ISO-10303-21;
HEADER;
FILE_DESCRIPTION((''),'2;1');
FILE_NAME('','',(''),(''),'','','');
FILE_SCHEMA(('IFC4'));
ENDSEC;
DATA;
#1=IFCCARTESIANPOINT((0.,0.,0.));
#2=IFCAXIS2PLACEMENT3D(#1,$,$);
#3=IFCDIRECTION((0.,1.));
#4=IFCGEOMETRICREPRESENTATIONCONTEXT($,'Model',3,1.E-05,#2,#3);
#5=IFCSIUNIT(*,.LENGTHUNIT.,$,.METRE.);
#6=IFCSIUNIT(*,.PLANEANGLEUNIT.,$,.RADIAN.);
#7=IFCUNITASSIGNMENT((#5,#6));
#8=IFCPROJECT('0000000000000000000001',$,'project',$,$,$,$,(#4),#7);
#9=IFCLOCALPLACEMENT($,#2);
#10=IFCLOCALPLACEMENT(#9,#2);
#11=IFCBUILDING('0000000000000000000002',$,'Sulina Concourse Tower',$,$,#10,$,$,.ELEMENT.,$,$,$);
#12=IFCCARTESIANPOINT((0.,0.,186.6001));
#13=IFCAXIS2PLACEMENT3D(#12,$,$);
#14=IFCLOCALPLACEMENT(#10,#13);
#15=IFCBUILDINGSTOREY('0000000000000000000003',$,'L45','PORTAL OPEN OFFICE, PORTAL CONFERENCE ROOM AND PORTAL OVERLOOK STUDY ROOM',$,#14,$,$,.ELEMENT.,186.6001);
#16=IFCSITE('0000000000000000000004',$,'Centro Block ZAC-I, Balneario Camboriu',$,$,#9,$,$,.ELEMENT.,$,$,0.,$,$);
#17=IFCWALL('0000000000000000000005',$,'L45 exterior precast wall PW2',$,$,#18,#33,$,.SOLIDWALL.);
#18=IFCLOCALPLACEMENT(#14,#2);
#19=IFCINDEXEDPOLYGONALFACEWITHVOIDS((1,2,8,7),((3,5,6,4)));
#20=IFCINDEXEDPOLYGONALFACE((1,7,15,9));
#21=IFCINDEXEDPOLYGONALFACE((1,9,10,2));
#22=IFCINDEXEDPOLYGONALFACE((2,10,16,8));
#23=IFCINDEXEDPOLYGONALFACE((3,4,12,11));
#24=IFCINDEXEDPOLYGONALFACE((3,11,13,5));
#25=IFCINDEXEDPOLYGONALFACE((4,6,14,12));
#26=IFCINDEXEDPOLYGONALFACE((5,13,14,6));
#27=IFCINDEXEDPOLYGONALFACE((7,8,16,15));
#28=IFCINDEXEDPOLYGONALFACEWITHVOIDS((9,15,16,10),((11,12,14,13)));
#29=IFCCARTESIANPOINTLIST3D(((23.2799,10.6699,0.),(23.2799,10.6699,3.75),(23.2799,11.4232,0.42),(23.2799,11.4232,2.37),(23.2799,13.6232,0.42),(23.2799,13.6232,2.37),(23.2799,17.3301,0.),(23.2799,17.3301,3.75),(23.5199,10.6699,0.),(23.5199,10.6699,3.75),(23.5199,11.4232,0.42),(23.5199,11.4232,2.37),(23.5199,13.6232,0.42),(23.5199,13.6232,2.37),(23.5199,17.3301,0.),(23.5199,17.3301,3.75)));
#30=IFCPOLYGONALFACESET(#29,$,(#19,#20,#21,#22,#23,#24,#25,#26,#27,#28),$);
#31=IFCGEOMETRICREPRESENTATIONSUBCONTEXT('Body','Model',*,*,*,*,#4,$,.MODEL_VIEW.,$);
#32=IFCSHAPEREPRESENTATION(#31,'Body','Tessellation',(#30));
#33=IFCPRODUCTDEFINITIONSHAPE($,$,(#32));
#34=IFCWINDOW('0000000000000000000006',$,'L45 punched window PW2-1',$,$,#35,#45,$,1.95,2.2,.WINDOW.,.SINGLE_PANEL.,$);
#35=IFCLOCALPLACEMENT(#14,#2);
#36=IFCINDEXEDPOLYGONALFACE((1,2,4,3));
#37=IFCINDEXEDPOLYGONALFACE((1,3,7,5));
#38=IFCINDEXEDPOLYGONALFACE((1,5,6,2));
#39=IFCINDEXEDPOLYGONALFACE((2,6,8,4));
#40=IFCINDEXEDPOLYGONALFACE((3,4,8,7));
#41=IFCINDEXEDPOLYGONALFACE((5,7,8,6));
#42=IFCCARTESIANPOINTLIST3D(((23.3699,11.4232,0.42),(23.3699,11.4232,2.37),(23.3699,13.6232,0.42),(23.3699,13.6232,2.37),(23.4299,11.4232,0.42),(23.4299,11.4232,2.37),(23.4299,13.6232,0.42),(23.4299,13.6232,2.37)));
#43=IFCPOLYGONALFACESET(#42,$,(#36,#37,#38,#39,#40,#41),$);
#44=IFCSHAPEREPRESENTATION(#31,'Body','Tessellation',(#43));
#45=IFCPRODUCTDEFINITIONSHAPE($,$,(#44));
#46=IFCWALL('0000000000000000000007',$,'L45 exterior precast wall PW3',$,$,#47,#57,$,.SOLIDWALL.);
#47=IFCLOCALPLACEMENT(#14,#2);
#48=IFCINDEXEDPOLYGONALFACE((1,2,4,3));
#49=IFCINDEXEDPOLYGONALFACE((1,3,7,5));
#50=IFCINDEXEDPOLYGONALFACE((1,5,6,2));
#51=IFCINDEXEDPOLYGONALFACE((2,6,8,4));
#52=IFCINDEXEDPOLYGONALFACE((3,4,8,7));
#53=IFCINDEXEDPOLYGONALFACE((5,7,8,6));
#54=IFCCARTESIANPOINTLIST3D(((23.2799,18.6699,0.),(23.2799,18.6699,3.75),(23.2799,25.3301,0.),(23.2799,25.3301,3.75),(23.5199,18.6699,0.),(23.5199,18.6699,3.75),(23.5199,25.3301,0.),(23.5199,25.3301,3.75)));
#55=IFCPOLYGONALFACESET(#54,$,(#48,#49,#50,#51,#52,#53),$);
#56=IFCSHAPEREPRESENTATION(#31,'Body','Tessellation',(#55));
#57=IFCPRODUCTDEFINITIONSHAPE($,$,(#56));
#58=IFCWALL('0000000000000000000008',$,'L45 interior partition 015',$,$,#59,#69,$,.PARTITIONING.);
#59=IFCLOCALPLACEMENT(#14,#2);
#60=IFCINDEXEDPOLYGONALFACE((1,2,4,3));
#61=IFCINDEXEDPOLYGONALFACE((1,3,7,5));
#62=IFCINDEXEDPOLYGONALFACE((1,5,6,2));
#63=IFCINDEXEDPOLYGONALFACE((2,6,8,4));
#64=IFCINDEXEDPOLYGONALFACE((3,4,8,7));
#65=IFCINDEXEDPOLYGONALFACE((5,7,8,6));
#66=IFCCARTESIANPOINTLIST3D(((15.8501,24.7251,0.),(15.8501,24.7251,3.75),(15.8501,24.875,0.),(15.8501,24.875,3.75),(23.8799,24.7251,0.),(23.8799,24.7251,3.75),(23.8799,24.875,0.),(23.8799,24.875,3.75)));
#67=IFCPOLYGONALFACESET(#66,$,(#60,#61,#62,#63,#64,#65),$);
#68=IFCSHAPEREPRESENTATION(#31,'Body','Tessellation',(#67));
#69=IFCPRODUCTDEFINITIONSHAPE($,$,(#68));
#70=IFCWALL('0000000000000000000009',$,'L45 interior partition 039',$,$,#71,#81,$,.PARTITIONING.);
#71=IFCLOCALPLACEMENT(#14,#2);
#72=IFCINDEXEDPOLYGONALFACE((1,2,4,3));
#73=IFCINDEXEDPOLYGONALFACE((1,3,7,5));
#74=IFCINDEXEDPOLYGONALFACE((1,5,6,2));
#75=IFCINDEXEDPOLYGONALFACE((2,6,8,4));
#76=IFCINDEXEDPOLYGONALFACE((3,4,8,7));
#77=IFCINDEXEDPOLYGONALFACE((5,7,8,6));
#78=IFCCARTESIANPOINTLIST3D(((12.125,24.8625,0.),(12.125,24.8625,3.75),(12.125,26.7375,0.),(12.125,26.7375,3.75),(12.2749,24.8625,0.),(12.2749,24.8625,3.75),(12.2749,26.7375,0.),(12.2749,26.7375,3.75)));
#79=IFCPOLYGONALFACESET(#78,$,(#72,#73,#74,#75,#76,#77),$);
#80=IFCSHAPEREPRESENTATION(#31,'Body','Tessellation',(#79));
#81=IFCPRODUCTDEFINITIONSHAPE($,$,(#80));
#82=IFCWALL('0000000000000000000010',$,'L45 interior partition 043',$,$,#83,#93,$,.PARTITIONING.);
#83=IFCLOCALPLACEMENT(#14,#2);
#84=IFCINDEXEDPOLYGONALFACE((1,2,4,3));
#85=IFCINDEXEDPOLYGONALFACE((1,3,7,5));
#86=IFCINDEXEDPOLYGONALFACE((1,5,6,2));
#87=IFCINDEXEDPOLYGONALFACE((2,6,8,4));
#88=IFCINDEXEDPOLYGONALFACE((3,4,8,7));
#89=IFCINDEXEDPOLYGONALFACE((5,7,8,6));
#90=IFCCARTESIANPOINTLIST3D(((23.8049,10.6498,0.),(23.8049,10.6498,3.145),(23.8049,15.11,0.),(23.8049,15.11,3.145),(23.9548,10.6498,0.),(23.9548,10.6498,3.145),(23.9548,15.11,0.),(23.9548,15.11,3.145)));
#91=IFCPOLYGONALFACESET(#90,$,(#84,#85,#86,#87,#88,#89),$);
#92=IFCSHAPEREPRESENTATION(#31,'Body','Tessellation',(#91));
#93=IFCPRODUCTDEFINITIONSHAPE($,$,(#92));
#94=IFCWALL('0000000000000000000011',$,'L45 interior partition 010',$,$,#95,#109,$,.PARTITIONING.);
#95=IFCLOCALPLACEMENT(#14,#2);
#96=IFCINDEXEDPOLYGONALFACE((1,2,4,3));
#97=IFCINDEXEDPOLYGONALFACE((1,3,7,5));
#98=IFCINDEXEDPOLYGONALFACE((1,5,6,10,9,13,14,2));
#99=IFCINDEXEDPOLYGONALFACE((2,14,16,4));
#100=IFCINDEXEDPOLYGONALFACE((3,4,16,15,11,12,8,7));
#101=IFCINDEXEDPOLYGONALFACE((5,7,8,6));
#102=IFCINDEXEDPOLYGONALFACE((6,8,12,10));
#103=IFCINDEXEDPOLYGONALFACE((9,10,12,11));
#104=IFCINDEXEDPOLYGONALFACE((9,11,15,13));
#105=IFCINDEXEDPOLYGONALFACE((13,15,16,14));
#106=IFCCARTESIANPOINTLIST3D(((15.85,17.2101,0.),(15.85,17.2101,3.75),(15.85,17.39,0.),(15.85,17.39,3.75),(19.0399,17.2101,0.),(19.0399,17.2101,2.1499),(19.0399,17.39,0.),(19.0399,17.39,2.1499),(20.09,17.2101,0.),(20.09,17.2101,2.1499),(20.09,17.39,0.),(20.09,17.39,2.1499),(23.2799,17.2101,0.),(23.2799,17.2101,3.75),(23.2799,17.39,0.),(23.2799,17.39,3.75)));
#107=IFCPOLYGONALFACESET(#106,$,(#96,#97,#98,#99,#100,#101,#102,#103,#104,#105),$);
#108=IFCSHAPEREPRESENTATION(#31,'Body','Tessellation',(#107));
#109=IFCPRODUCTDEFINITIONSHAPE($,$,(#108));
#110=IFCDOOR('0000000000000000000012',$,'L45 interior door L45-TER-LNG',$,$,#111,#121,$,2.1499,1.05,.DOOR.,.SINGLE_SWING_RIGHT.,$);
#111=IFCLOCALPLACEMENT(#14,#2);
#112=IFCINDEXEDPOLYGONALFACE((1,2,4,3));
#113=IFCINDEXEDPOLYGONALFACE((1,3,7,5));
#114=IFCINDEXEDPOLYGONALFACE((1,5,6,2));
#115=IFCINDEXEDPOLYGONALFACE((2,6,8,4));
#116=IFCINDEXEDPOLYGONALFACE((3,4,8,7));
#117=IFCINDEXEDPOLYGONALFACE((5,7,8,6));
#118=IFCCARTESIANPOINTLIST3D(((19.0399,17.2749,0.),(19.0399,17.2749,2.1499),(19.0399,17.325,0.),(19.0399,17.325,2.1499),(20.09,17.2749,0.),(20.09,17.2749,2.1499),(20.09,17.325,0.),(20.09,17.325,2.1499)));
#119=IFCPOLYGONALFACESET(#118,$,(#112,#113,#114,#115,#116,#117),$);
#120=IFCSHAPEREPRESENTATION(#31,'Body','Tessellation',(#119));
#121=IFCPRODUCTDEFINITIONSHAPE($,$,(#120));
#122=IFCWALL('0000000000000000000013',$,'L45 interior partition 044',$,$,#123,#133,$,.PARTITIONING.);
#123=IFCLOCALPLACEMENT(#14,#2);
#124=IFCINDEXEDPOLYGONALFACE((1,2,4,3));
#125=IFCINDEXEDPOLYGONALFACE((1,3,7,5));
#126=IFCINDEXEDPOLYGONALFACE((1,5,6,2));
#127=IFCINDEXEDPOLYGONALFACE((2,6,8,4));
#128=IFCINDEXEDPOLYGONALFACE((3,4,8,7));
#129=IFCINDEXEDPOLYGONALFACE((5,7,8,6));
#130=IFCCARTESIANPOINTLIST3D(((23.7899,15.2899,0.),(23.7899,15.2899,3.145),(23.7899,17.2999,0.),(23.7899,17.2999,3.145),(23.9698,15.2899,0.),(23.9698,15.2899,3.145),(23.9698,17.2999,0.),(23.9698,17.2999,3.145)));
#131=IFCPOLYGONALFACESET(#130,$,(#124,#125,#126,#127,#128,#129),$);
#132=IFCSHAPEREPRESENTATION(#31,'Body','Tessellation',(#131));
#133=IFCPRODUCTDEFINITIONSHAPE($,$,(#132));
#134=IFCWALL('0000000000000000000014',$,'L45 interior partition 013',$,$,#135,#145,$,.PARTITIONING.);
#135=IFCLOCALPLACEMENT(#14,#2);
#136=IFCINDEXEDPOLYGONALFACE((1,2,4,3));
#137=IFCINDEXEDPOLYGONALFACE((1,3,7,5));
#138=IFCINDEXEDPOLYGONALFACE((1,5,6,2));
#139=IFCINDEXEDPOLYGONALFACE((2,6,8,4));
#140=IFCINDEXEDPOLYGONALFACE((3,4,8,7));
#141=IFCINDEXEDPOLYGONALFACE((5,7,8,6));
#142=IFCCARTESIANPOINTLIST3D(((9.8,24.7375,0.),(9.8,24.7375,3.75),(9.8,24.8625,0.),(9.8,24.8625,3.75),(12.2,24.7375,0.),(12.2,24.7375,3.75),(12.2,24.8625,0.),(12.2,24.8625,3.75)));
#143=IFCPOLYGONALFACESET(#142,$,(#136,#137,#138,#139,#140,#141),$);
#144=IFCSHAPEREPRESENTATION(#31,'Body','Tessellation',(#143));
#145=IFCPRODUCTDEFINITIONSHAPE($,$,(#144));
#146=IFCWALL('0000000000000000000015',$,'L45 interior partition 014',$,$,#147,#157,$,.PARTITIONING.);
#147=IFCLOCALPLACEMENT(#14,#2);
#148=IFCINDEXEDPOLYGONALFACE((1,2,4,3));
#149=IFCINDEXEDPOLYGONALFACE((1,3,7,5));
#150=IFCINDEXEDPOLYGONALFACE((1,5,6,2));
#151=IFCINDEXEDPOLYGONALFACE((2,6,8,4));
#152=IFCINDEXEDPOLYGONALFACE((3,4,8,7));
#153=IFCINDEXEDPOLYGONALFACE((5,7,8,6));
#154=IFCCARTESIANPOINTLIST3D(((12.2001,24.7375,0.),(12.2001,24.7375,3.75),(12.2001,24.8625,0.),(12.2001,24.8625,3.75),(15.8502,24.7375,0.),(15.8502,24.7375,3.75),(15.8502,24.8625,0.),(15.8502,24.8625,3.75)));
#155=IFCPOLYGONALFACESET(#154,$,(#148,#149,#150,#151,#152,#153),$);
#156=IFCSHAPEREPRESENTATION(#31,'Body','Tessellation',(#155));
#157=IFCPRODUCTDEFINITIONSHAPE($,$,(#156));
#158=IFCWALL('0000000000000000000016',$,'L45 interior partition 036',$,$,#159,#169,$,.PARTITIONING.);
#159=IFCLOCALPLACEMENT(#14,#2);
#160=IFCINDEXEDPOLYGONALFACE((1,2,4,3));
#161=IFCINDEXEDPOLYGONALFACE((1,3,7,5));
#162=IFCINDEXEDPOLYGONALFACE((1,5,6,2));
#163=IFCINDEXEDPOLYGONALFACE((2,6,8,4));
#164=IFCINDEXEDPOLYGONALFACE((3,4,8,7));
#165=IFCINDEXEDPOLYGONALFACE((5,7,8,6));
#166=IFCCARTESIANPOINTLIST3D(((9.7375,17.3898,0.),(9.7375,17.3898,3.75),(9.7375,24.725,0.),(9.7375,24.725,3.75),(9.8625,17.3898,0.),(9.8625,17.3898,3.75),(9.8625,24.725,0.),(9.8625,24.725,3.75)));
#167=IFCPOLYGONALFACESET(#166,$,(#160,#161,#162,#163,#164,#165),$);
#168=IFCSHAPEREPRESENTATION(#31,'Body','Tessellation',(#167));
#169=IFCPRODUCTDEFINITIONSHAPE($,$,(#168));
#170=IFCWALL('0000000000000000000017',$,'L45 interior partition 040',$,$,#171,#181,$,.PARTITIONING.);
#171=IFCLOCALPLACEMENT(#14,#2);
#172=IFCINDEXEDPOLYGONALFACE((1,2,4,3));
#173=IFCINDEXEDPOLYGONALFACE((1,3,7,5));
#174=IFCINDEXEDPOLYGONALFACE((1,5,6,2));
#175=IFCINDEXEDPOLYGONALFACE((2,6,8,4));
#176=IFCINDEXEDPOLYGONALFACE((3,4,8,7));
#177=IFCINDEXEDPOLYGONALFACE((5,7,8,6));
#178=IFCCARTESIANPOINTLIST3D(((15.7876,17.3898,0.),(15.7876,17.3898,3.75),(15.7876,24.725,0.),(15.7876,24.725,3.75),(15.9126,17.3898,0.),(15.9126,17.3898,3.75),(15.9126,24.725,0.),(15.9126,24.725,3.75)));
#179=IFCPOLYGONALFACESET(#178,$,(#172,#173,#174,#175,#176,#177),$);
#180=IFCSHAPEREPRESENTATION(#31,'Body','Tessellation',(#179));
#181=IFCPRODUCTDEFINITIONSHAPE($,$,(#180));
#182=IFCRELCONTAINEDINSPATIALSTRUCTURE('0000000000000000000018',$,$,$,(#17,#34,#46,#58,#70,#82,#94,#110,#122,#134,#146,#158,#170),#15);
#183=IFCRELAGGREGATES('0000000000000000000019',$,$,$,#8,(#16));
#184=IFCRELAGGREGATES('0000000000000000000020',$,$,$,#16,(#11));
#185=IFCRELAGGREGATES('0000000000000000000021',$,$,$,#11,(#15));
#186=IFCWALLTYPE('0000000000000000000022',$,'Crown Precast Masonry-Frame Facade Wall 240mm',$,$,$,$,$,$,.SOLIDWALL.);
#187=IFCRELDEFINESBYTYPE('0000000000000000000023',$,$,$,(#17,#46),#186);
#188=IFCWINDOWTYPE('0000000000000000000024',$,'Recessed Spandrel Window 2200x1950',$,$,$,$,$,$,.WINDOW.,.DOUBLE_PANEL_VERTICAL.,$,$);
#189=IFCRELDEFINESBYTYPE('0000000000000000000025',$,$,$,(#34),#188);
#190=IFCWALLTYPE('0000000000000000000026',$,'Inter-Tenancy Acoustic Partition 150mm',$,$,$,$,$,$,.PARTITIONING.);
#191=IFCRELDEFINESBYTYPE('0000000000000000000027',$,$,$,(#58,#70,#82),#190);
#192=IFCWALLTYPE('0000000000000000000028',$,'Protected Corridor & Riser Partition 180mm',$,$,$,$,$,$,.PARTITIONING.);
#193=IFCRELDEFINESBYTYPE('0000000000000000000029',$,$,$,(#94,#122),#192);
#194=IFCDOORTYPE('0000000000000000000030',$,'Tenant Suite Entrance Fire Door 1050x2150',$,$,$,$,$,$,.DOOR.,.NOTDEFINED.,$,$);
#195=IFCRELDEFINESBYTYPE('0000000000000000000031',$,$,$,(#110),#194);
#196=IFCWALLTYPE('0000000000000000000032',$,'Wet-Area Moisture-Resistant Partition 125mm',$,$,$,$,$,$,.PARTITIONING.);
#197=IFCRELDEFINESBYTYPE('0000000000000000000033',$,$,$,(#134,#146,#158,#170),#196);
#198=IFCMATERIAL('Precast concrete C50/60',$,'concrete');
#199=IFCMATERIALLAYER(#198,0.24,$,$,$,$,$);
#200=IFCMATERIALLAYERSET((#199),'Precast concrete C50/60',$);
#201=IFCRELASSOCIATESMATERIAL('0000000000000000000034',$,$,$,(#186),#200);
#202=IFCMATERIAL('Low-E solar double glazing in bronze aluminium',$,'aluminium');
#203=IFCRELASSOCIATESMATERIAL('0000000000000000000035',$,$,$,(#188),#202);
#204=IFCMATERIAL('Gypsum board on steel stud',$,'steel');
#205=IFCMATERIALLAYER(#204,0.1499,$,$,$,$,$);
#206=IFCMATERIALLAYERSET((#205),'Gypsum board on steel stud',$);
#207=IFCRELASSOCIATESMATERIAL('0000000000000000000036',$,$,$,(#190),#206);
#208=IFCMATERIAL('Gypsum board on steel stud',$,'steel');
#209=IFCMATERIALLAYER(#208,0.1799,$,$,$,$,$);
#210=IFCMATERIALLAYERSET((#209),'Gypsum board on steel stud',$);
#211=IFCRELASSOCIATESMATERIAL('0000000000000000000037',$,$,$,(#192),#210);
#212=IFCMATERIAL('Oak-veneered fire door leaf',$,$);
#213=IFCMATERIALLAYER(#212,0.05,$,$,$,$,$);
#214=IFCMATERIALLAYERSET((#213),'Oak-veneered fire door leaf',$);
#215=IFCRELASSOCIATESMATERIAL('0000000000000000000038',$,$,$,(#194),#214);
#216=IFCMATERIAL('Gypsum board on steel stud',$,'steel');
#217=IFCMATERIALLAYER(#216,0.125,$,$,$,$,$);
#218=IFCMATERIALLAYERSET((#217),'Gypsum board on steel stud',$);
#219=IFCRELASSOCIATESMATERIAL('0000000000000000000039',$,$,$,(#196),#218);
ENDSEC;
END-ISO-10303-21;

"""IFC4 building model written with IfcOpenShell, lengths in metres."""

from ifc_helpers import new_model, si_unit, direction, frame, frame_2d, origin, place, context, subcontext, project, spatial, rectangle, extrude, material, layer, layer_set, type_object, element, fill, save


model = new_model("IFC4")

# Units and contexts
model_context = context("Model", 3, precision=1e-05, world=origin(), true_north=direction((0.0, 1.0)))
body_context = subcontext(model_context, "Body", "Model", "MODEL_VIEW")
ifc_project = project(units=[si_unit("LENGTHUNIT", "METRE"), si_unit("PLANEANGLEUNIT", "RADIAN")], contexts=[model_context])

# Site, building, storey
site_placement = place(None, origin())
site = spatial("IfcSite", under=ifc_project, at=site_placement, Name="Centro Block ZAC-I, Balneario Camboriu", CompositionType="ELEMENT", RefElevation=0.0)
building_placement = place(site_placement, origin())
building = spatial("IfcBuilding", under=site, at=building_placement, Name="Sulina Concourse Tower", CompositionType="ELEMENT")
storey_placement = place(building_placement, frame((0.0, 0.0, 186.6001)))
storey = spatial("IfcBuildingStorey", under=building, at=storey_placement, Name="L45", Description="PORTAL OPEN OFFICE, PORTAL CONFERENCE ROOM AND PORTAL OVERLOOK STUDY ROOM", CompositionType="ELEMENT", Elevation=186.6001)

# Wall, opening, window
ifc_material_1 = material(Name="Precast concrete C50/60", Category="concrete")
ifc_layer_1 = layer(ifc_material_1, 0.24)
ifc_layer_set_1 = layer_set([ifc_layer_1], Name="Precast concrete C50/60")
wall_type_1 = type_object("IfcWallType", Name="Crown Precast Masonry-Frame Facade Wall 240mm", PredefinedType="SOLIDWALL", material=ifc_layer_set_1)
wall_1_placement = place(storey_placement, frame((23.3999, 17.3301, 0.0), z_axis=(0.0, 0.0, 1.0), x_axis=(0.0, -1.0, 0.0)))
wall_1 = element("IfcWall", 1, at=wall_1_placement, inside=storey, type_object=wall_type_1, Name="L45 exterior precast wall PW2", PredefinedType="SOLIDWALL", context=body_context, shape_type="SweptSolid", body=[
    extrude(rectangle(XDim=6.6602, YDim=0.24, at=frame_2d((3.3301, 0.0))), origin(), (0.0, 0.0, 1.0), 3.75),
])
opening_1_placement = place(wall_1_placement, frame((3.7068, 0.0, 0.4199)))
opening_1 = element("IfcOpeningElement", 2, at=opening_1_placement, cuts=wall_1, PredefinedType="OPENING", context=body_context, shape_type="SweptSolid", body=[
    extrude(rectangle(XDim=2.2, YDim=1.95, at=frame_2d((1.1001, 0.9751))), frame((0.0, 0.1299, 0.0), z_axis=(0.0, -1.0, 0.0), x_axis=(1.0, 0.0, 0.0)), (0.0, 0.0, 1.0), 0.26),
])
ifc_material_2 = material(Name="Low-E solar double glazing in bronze aluminium", Category="aluminium")
window_type = type_object("IfcWindowType", Name="Recessed Spandrel Window 2200x1950", PartitioningType="DOUBLE_PANEL_VERTICAL", PredefinedType="WINDOW", material=ifc_material_2)
window_placement = place(opening_1_placement, origin())
window = element("IfcWindow", 3, at=window_placement, inside=storey, type_object=window_type, Name="L45 punched window PW2-1", OverallHeight=1.95, OverallWidth=2.2, PartitioningType="SINGLE_PANEL", PredefinedType="WINDOW", context=body_context, shape_type="SweptSolid", body=[
    extrude(rectangle(XDim=2.2, YDim=1.95, at=frame_2d((1.1001, 0.9751))), frame((0.0, 0.03, 0.0), z_axis=(0.0, -1.0, 0.0), x_axis=(1.0, 0.0, 0.0)), (0.0, 0.0, 1.0), 0.0601),
])
fill(opening_1, window)

# Walls
wall_2_placement = place(storey_placement, frame((23.3999, 25.3301, 0.0), z_axis=(0.0, 0.0, 1.0), x_axis=(0.0, -1.0, 0.0)))
element("IfcWall", 4, at=wall_2_placement, inside=storey, type_object=wall_type_1, Name="L45 exterior precast wall PW3", PredefinedType="SOLIDWALL", context=body_context, shape_type="SweptSolid", body=[
    extrude(rectangle(XDim=6.6602, YDim=0.24, at=frame_2d((3.3301, 0.0))), origin(), (0.0, 0.0, 1.0), 3.75),
])
ifc_material_3 = material(Name="Gypsum board on steel stud", Category="steel")
ifc_layer_2 = layer(ifc_material_3, 0.1499)
ifc_layer_set_2 = layer_set([ifc_layer_2], Name="Gypsum board on steel stud")
wall_type_2 = type_object("IfcWallType", Name="Inter-Tenancy Acoustic Partition 150mm", PredefinedType="PARTITIONING", material=ifc_layer_set_2)
wall_3_placement = place(storey_placement, frame((15.8501, 24.8, 0.0), z_axis=(0.0, 0.0, 1.0), x_axis=(1.0, 0.0, 0.0)))
element("IfcWall", 5, at=wall_3_placement, inside=storey, type_object=wall_type_2, Name="L45 interior partition 015", PredefinedType="PARTITIONING", context=body_context, shape_type="SweptSolid", body=[
    extrude(rectangle(XDim=8.0298, YDim=0.1499, at=frame_2d((4.0149, 0.0))), origin(), (0.0, 0.0, 1.0), 3.75),
])
wall_4_placement = place(storey_placement, frame((12.2, 24.8625, 0.0), z_axis=(0.0, 0.0, 1.0), x_axis=(0.0, 1.0, 0.0)))
element("IfcWall", 6, at=wall_4_placement, inside=storey, type_object=wall_type_2, Name="L45 interior partition 039", PredefinedType="PARTITIONING", context=body_context, shape_type="SweptSolid", body=[
    extrude(rectangle(XDim=1.875, YDim=0.1499, at=frame_2d((0.9375, 0.0))), origin(), (0.0, 0.0, 1.0), 3.75),
])
wall_5_placement = place(storey_placement, frame((23.8799, 10.6499, 0.0), z_axis=(0.0, 0.0, 1.0), x_axis=(0.0, 1.0, 0.0)))
element("IfcWall", 7, at=wall_5_placement, inside=storey, type_object=wall_type_2, Name="L45 interior partition 043", PredefinedType="PARTITIONING", context=body_context, shape_type="SweptSolid", body=[
    extrude(rectangle(XDim=4.4602, YDim=0.1499, at=frame_2d((2.23, 0.0))), origin(), (0.0, 0.0, 1.0), 3.145),
])

# Wall, opening, door
ifc_material_4 = material(Name="Gypsum board on steel stud", Category="steel")
ifc_layer_3 = layer(ifc_material_4, 0.1799)
ifc_layer_set_3 = layer_set([ifc_layer_3], Name="Gypsum board on steel stud")
wall_type_3 = type_object("IfcWallType", Name="Protected Corridor & Riser Partition 180mm", PredefinedType="PARTITIONING", material=ifc_layer_set_3)
wall_6_placement = place(storey_placement, frame((15.8501, 17.3, 0.0), z_axis=(0.0, 0.0, 1.0), x_axis=(1.0, 0.0, 0.0)))
wall_6 = element("IfcWall", 8, at=wall_6_placement, inside=storey, type_object=wall_type_3, Name="L45 interior partition 010", PredefinedType="PARTITIONING", context=body_context, shape_type="SweptSolid", body=[
    extrude(rectangle(XDim=7.4299, YDim=0.1799, at=frame_2d((3.7148, 0.0))), origin(), (0.0, 0.0, 1.0), 3.75),
])
opening_2_placement = place(wall_6_placement, frame((3.1899, 0.0, 0.0)))
opening_2 = element("IfcOpeningElement", 9, at=opening_2_placement, cuts=wall_6, PredefinedType="OPENING", context=body_context, shape_type="SweptSolid", body=[
    extrude(rectangle(XDim=1.05, YDim=2.1499, at=frame_2d((0.5249, 1.075))), frame((0.0, 0.0999, 0.0), z_axis=(0.0, -1.0, 0.0), x_axis=(1.0, 0.0, 0.0)), (0.0, 0.0, 1.0), 0.2),
])
ifc_material_5 = material(Name="Oak-veneered fire door leaf")
ifc_layer_4 = layer(ifc_material_5, 0.05)
ifc_layer_set_4 = layer_set([ifc_layer_4], Name="Oak-veneered fire door leaf")
door_type = type_object("IfcDoorType", Name="Tenant Suite Entrance Fire Door 1050x2150", OperationType="NOTDEFINED", PredefinedType="DOOR", material=ifc_layer_set_4)
door_placement = place(opening_2_placement, origin())
door = element("IfcDoor", 10, at=door_placement, inside=storey, type_object=door_type, Name="L45 interior door L45-TER-LNG", OperationType="SINGLE_SWING_RIGHT", OverallHeight=2.1499, OverallWidth=1.05, PredefinedType="DOOR", context=body_context, shape_type="SweptSolid", body=[
    extrude(rectangle(XDim=1.05, YDim=2.1499, at=frame_2d((0.5249, 1.075))), frame((0.0, 0.0249, 0.0), z_axis=(0.0, -1.0, 0.0), x_axis=(1.0, 0.0, 0.0)), (0.0, 0.0, 1.0), 0.05),
])
fill(opening_2, door)

# Walls
wall_7_placement = place(storey_placement, frame((23.8799, 15.29, 0.0), z_axis=(0.0, 0.0, 1.0), x_axis=(0.0, 1.0, 0.0)))
element("IfcWall", 11, at=wall_7_placement, inside=storey, type_object=wall_type_3, Name="L45 interior partition 044", PredefinedType="PARTITIONING", context=body_context, shape_type="SweptSolid", body=[
    extrude(rectangle(XDim=2.01, YDim=0.1799, at=frame_2d((1.0049, 0.0))), origin(), (0.0, 0.0, 1.0), 3.145),
])
ifc_material_6 = material(Name="Gypsum board on steel stud", Category="steel")
ifc_layer_5 = layer(ifc_material_6, 0.125)
ifc_layer_set_5 = layer_set([ifc_layer_5], Name="Gypsum board on steel stud")
wall_type_4 = type_object("IfcWallType", Name="Wet-Area Moisture-Resistant Partition 125mm", PredefinedType="PARTITIONING", material=ifc_layer_set_5)
wall_8_placement = place(storey_placement, frame((9.8, 24.8, 0.0), z_axis=(0.0, 0.0, 1.0), x_axis=(1.0, 0.0, 0.0)))
element("IfcWall", 12, at=wall_8_placement, inside=storey, type_object=wall_type_4, Name="L45 interior partition 013", PredefinedType="PARTITIONING", context=body_context, shape_type="SweptSolid", body=[
    extrude(rectangle(XDim=2.3999, YDim=0.125, at=frame_2d((1.2, 0.0))), origin(), (0.0, 0.0, 1.0), 3.75),
])
wall_9_placement = place(storey_placement, frame((12.2, 24.8, 0.0), z_axis=(0.0, 0.0, 1.0), x_axis=(1.0, 0.0, 0.0)))
element("IfcWall", 13, at=wall_9_placement, inside=storey, type_object=wall_type_4, Name="L45 interior partition 014", PredefinedType="PARTITIONING", context=body_context, shape_type="SweptSolid", body=[
    extrude(rectangle(XDim=3.6501, YDim=0.125, at=frame_2d((1.8252, 0.0))), origin(), (0.0, 0.0, 1.0), 3.75),
])
for number, where, z_axis, x_axis, name in (
    (14, (9.8, 17.3899, 0.0), (0.0, 0.0, 1.0), (0.0, 1.0, 0.0), "L45 interior partition 036"),
    (15, (15.8501, 17.3899, 0.0), (0.0, 0.0, 1.0), (0.0, 1.0, 0.0), "L45 interior partition 040"),
):
    element("IfcWall", number, at=place(storey_placement, frame(where, z_axis=z_axis, x_axis=x_axis)), inside=storey, type_object=wall_type_4, Name=name, PredefinedType="PARTITIONING", context=body_context, shape_type="SweptSolid", body=[
        extrude(rectangle(XDim=7.3352, YDim=0.125, at=frame_2d((3.6675, 0.0))), origin(), (0.0, 0.0, 1.0), 3.75),
    ])

save(model, "model.ifc")
